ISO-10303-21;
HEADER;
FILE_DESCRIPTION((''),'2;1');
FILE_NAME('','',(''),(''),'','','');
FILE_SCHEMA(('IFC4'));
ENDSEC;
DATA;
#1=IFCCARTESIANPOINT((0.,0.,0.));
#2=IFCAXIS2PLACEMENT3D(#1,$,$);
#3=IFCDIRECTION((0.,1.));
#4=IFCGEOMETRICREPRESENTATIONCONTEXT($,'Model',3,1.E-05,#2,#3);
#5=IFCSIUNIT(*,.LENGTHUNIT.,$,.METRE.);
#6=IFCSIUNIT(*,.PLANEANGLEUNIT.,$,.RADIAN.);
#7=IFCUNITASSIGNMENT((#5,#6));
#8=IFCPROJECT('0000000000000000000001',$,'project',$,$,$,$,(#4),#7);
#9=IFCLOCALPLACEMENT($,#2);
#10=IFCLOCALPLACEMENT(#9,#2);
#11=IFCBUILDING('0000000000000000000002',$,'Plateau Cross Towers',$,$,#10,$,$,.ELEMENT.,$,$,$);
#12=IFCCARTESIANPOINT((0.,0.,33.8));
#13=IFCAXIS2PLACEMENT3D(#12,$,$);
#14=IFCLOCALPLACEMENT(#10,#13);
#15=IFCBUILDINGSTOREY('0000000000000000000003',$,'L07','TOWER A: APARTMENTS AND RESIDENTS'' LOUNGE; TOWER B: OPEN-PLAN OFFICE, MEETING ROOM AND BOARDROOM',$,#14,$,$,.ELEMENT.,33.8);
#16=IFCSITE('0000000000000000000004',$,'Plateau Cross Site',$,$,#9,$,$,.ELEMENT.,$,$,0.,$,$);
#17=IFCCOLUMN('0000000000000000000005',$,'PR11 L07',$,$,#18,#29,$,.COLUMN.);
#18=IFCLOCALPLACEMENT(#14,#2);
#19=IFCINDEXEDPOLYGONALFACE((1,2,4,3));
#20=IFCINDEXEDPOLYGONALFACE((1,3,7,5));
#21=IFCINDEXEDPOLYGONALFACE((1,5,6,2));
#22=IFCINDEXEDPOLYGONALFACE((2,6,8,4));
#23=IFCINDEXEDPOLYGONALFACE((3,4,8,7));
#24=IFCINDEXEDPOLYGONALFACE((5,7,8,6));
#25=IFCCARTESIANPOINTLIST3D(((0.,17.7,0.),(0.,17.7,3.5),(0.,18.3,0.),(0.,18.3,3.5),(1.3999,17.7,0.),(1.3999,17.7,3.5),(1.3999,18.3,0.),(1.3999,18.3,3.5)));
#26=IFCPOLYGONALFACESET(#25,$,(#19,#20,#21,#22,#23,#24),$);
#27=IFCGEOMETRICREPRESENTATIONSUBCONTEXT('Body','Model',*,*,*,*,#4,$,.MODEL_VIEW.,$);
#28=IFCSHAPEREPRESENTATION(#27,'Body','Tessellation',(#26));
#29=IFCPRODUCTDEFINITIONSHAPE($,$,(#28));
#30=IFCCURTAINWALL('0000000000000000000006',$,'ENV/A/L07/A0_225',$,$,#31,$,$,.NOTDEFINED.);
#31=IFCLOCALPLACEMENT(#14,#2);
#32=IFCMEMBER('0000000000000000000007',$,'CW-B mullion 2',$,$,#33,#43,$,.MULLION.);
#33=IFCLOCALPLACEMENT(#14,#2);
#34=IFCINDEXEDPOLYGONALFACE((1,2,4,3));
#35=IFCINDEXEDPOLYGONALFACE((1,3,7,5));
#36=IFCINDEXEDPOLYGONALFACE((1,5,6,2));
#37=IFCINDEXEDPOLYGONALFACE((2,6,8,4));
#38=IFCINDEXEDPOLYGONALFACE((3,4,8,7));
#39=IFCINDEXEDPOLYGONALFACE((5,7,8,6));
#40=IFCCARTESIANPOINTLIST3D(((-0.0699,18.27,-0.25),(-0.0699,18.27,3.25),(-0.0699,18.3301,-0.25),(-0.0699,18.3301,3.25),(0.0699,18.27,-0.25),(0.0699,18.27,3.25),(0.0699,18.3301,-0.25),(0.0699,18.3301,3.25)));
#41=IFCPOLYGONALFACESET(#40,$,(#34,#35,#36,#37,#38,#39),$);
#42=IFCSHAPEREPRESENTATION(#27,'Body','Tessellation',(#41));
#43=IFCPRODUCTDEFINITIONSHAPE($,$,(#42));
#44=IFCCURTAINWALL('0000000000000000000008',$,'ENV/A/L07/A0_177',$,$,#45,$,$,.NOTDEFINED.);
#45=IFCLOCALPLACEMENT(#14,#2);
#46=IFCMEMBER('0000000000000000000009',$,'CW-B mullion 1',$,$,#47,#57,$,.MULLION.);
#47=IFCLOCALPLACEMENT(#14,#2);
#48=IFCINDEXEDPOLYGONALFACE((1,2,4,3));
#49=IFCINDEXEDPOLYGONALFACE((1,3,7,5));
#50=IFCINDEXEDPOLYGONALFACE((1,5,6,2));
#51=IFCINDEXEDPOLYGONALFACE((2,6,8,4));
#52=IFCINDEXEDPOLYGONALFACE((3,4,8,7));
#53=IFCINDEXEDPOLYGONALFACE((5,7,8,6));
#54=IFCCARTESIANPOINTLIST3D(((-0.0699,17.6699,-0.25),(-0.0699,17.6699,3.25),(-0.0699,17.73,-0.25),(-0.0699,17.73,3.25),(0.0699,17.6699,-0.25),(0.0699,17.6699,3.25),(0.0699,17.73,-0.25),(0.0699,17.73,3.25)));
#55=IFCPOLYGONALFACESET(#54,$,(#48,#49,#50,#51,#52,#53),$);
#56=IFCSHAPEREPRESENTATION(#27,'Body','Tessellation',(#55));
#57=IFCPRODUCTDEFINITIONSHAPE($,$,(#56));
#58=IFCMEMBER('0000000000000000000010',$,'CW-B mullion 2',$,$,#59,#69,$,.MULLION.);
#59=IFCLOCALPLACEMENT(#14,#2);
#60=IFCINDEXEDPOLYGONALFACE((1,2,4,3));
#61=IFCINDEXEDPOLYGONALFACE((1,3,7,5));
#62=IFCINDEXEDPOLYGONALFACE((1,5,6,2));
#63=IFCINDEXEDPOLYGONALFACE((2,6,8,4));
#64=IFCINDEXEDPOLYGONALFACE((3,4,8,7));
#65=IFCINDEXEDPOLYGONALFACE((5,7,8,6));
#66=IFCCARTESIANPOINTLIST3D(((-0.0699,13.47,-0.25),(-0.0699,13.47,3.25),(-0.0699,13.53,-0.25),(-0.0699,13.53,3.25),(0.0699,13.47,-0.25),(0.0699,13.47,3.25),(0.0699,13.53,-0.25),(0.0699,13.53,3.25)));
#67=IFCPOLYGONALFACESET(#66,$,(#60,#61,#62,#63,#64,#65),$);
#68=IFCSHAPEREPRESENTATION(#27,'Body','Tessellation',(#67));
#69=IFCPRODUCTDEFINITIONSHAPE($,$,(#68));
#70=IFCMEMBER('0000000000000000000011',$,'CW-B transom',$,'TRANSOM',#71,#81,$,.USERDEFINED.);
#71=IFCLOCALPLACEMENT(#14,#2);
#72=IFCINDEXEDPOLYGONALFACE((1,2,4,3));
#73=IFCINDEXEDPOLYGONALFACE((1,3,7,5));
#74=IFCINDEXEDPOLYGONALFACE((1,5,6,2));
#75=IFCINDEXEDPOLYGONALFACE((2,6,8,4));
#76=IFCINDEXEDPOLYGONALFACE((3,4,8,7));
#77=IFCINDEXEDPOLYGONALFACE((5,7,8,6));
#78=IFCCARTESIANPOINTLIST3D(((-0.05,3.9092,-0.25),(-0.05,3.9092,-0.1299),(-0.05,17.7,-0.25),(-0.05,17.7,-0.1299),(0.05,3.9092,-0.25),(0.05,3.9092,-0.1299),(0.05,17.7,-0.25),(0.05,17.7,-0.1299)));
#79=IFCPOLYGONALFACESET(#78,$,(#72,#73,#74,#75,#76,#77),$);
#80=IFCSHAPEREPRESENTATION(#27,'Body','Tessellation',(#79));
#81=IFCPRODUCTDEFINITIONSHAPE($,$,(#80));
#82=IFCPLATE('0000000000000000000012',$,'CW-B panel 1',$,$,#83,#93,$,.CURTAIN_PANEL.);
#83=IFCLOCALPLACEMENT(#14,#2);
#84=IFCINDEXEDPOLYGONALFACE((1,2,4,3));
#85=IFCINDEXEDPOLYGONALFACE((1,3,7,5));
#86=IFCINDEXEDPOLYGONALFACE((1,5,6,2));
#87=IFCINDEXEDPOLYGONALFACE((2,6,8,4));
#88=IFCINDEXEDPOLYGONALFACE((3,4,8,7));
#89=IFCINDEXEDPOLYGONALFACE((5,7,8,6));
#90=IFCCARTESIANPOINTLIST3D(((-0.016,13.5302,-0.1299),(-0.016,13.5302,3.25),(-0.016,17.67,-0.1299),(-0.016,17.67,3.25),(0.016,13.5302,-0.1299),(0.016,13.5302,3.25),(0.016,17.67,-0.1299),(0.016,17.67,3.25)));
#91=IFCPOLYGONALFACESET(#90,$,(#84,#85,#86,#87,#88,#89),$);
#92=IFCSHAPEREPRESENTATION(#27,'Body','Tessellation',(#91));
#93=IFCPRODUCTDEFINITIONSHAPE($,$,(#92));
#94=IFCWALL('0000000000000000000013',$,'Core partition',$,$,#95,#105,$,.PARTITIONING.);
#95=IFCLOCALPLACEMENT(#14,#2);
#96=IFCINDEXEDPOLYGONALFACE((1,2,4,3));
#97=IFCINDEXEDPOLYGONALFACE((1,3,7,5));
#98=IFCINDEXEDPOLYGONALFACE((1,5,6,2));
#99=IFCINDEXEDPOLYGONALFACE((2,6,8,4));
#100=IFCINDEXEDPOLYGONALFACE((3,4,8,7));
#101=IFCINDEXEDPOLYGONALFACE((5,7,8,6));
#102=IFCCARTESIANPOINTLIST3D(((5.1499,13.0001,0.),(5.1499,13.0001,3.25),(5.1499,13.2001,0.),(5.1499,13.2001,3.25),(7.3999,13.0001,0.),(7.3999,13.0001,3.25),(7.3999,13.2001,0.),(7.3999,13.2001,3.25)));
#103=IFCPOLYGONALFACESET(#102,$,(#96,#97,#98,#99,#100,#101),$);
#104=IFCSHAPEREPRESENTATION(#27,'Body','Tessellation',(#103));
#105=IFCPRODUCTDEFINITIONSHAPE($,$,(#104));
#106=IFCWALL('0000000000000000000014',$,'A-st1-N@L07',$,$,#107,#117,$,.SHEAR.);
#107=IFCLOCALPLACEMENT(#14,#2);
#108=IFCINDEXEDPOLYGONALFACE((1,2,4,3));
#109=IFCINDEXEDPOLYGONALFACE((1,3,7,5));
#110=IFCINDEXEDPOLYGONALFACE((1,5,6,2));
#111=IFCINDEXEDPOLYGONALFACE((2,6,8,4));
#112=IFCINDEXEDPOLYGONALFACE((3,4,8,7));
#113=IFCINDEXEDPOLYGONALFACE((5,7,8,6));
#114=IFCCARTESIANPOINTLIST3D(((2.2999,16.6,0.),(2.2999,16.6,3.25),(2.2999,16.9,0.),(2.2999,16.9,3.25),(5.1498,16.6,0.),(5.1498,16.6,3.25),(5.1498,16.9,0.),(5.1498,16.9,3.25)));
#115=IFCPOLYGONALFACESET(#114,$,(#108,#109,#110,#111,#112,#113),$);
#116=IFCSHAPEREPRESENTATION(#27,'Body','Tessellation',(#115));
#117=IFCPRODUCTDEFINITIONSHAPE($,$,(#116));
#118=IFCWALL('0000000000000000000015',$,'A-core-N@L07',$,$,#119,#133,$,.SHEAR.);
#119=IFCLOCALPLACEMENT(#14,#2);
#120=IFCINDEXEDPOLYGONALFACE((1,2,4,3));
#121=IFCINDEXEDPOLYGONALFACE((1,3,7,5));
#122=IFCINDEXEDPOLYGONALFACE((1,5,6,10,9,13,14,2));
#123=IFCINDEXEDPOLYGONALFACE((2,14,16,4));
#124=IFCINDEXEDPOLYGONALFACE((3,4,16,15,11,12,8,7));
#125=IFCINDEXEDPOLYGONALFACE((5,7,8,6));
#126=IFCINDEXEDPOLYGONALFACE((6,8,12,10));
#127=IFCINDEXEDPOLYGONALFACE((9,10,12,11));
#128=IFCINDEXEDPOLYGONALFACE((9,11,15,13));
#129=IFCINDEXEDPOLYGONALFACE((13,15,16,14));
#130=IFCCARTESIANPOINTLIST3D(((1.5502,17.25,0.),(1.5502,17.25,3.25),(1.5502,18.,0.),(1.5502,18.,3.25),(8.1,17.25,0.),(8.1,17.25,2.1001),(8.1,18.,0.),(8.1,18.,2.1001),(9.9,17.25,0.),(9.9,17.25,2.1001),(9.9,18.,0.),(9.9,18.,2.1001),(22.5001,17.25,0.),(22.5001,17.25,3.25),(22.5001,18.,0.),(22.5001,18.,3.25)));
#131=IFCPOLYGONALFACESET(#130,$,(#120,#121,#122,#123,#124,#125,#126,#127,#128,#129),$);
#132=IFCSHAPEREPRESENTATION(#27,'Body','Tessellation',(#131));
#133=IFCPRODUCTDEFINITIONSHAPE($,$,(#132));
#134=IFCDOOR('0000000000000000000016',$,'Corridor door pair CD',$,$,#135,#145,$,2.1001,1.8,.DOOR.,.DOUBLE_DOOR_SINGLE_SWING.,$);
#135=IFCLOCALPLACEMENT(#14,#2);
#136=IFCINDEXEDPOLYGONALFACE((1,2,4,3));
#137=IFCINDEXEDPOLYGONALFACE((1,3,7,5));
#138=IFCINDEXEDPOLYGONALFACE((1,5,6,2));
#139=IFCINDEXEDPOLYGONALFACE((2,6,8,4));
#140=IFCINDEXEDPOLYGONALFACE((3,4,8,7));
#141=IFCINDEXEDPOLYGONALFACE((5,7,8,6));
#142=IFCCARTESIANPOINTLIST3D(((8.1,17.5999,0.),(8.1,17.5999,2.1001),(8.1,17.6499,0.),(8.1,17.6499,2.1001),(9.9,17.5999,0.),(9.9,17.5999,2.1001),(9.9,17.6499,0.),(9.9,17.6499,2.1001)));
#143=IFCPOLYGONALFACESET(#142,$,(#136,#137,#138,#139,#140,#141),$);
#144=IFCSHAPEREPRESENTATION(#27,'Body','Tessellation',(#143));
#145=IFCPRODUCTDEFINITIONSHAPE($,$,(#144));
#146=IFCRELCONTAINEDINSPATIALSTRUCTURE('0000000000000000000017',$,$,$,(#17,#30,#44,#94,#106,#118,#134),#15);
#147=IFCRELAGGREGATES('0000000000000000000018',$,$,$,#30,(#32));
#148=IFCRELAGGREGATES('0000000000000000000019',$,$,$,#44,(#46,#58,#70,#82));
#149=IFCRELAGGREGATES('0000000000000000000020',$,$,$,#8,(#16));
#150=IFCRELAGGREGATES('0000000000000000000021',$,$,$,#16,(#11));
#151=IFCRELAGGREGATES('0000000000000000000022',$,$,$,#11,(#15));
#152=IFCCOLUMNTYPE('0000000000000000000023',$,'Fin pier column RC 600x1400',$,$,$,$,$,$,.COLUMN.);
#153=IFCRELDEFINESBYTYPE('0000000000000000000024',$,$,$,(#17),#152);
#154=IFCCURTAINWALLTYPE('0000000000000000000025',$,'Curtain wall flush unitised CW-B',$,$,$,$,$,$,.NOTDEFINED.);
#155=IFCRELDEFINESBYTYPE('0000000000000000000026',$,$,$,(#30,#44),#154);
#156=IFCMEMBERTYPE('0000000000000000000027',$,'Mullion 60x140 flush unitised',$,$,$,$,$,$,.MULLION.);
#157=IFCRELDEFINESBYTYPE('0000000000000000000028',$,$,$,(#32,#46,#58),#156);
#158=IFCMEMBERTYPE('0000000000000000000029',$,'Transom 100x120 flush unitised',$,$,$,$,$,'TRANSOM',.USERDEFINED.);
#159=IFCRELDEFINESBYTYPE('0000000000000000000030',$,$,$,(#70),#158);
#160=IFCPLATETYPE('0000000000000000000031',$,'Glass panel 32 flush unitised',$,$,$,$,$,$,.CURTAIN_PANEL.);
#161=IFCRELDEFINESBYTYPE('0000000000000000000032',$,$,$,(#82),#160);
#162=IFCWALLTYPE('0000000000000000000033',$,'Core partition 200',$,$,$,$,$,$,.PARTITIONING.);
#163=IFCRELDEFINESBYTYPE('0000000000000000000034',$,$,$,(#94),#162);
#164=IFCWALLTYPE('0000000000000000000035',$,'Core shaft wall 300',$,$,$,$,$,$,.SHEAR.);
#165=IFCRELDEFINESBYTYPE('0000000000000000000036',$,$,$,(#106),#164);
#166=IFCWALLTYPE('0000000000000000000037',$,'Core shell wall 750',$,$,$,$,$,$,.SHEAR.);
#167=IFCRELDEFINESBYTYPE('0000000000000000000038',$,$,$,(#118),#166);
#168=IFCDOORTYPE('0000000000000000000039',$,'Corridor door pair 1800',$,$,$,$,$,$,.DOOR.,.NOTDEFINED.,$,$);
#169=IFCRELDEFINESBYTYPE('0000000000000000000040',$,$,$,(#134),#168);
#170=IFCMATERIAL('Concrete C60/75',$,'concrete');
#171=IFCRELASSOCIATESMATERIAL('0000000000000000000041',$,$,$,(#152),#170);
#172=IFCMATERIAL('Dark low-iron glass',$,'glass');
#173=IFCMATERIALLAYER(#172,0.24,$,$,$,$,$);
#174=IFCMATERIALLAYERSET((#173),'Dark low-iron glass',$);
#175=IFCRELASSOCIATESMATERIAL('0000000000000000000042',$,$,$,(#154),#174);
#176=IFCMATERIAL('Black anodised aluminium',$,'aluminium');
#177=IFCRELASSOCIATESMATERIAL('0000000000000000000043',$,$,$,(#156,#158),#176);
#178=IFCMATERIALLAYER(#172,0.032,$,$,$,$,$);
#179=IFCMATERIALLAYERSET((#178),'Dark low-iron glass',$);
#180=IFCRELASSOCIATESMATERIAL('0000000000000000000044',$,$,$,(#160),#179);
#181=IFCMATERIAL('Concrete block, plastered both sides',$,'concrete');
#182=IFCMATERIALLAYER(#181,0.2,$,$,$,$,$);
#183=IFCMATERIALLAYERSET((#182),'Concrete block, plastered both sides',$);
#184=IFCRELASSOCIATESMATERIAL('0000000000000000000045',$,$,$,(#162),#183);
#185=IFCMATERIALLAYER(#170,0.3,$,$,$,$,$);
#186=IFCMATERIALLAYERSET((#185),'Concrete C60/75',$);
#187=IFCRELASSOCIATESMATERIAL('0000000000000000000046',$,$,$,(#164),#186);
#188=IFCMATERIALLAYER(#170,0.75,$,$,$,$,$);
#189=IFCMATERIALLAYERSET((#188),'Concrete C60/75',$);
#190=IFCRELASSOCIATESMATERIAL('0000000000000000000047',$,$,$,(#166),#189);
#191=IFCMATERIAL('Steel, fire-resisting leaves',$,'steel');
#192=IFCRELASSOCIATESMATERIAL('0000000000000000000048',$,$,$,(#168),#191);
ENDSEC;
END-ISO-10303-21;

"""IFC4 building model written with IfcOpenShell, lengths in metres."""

from ifc_helpers import new_model, si_unit, direction, frame, frame_2d, origin, origin_2d, place, context, subcontext, project, spatial, rectangle, extrude, material, layer, layer_set, material_profile, profile_set, type_object, element, fill, aggregate, save


model = new_model("IFC4")

# Units and contexts
model_context = context("Model", 3, precision=1e-05, world=origin(), true_north=direction((0.0, 1.0)))
body_context = subcontext(model_context, "Body", "Model", "MODEL_VIEW")
ifc_project = project(units=[si_unit("LENGTHUNIT", "METRE"), si_unit("PLANEANGLEUNIT", "RADIAN")], contexts=[model_context])

# Site, building, storey
site_placement = place(None, origin())
site = spatial("IfcSite", under=ifc_project, at=site_placement, Name="Plateau Cross Site", CompositionType="ELEMENT", RefElevation=0.0)
building_placement = place(site_placement, origin())
building = spatial("IfcBuilding", under=site, at=building_placement, Name="Plateau Cross Towers", CompositionType="ELEMENT")
storey_placement = place(building_placement, frame((0.0, 0.0, 33.8)))
storey = spatial("IfcBuildingStorey", under=building, at=storey_placement, Name="L07", Description="TOWER A: APARTMENTS AND RESIDENTS' LOUNGE; TOWER B: OPEN-PLAN OFFICE, MEETING ROOM AND BOARDROOM", CompositionType="ELEMENT", Elevation=33.8)

# Column
ifc_material_1 = material(Name="Concrete C60/75", Category="concrete")
ifc_material_profile_1 = material_profile(ifc_material_1, rectangle(XDim=0.6001, YDim=1.3999, at=origin_2d()), Name="RC 600x1400")
ifc_profile_set_1 = profile_set([ifc_material_profile_1], Name="Concrete C60/75")
column_type = type_object("IfcColumnType", Name="Fin pier column RC 600x1400", PredefinedType="COLUMN", material=ifc_profile_set_1)
column_placement = place(storey_placement, frame((0.7, 18.0, 0.0), z_axis=(0.0, 0.0, 1.0), x_axis=(0.0, 1.0, 0.0)))
element("IfcColumn", 1, at=column_placement, inside=storey, type_object=column_type, Name="PR11 L07", PredefinedType="COLUMN", context=body_context, shape_type="SweptSolid", body=[
    extrude(rectangle(XDim=0.6001, YDim=1.3999, at=origin_2d()), origin(), (0.0, 0.0, 1.0), 3.5),
])

# Curtain wall, member
ifc_material_2 = material(Name="Dark low-iron glass", Category="glass")
ifc_layer_1 = layer(ifc_material_2, 0.24)
ifc_layer_set_1 = layer_set([ifc_layer_1], Name="Dark low-iron glass")
curtain_wall_type = type_object("IfcCurtainWallType", Name="Curtain wall flush unitised CW-B", PredefinedType="NOTDEFINED", material=ifc_layer_set_1)
curtain_wall_1_placement = place(storey_placement, origin())
curtain_wall_1 = element("IfcCurtainWall", 2, at=curtain_wall_1_placement, inside=storey, type_object=curtain_wall_type, Name="ENV/A/L07/A0_225", PredefinedType="NOTDEFINED")
ifc_material_3 = material(Name="Black anodised aluminium", Category="aluminium")
ifc_material_profile_2 = material_profile(ifc_material_3, rectangle(XDim=0.0601, YDim=0.1399, at=origin_2d()), Name="MULLION 60x140")
ifc_profile_set_2 = profile_set([ifc_material_profile_2], Name="Black anodised aluminium")
member_type_1 = type_object("IfcMemberType", Name="Mullion 60x140 flush unitised", PredefinedType="MULLION", material=ifc_profile_set_2)
member_1_placement = place(storey_placement, frame((0.0, 18.3, -0.25), z_axis=(0.0, 0.0, 1.0), x_axis=(0.0, -1.0, 0.0)))
member_1 = element("IfcMember", 3, at=member_1_placement, type_object=member_type_1, Name="CW-B mullion 2", PredefinedType="MULLION", context=body_context, shape_type="SweptSolid", body=[
    extrude(rectangle(XDim=0.0601, YDim=0.1399, at=origin_2d()), origin(), (0.0, 0.0, 1.0), 3.5),
])
aggregate(curtain_wall_1, [member_1])

# Curtain wall, members, plate
curtain_wall_2_placement = place(storey_placement, origin())
curtain_wall_2 = element("IfcCurtainWall", 4, at=curtain_wall_2_placement, inside=storey, type_object=curtain_wall_type, Name="ENV/A/L07/A0_177", PredefinedType="NOTDEFINED")
member_2_placement = place(storey_placement, frame((0.0, 17.7, -0.25), z_axis=(0.0, 0.0, 1.0), x_axis=(0.0, -1.0, 0.0)))
member_2 = element("IfcMember", 5, at=member_2_placement, type_object=member_type_1, Name="CW-B mullion 1", PredefinedType="MULLION", context=body_context, shape_type="SweptSolid", body=[
    extrude(rectangle(XDim=0.0601, YDim=0.1399, at=origin_2d()), origin(), (0.0, 0.0, 1.0), 3.5),
])
member_3_placement = place(storey_placement, frame((0.0, 13.5, -0.25), z_axis=(0.0, 0.0, 1.0), x_axis=(0.0, -1.0, 0.0)))
member_3 = element("IfcMember", 6, at=member_3_placement, type_object=member_type_1, Name="CW-B mullion 2", PredefinedType="MULLION", context=body_context, shape_type="SweptSolid", body=[
    extrude(rectangle(XDim=0.0601, YDim=0.1399, at=origin_2d()), origin(), (0.0, 0.0, 1.0), 3.5),
])
ifc_material_profile_3 = material_profile(ifc_material_3, rectangle(XDim=0.1001, YDim=0.1201, at=origin_2d()), Name="TRANSOM 100x120")
ifc_profile_set_3 = profile_set([ifc_material_profile_3], Name="Black anodised aluminium")
member_type_2 = type_object("IfcMemberType", Name="Transom 100x120 flush unitised", ElementType="TRANSOM", PredefinedType="USERDEFINED", material=ifc_profile_set_3)
member_4_placement = place(storey_placement, frame((0.0, 17.7, -0.1899), z_axis=(0.0, -1.0, 0.0), x_axis=(1.0, 0.0, 0.0)))
member_4 = element("IfcMember", 7, at=member_4_placement, type_object=member_type_2, Name="CW-B transom", ObjectType="TRANSOM", PredefinedType="USERDEFINED", context=body_context, shape_type="SweptSolid", body=[
    extrude(rectangle(XDim=0.1001, YDim=0.1201, at=origin_2d()), origin(), (0.0, 0.0, 1.0), 13.7908),
])
ifc_layer_2 = layer(ifc_material_2, 0.032)
ifc_layer_set_2 = layer_set([ifc_layer_2], Name="Dark low-iron glass")
plate_type = type_object("IfcPlateType", Name="Glass panel 32 flush unitised", PredefinedType="CURTAIN_PANEL", material=ifc_layer_set_2)
plate_placement = place(storey_placement, frame((0.0, 15.6001, -0.1299), z_axis=(0.0, 0.0, 1.0), x_axis=(0.0, -1.0, 0.0)))
plate = element("IfcPlate", 8, at=plate_placement, type_object=plate_type, Name="CW-B panel 1", PredefinedType="CURTAIN_PANEL", context=body_context, shape_type="SweptSolid", body=[
    extrude(rectangle(XDim=4.1399, YDim=0.032, at=origin_2d()), origin(), (0.0, 0.0, 1.0), 3.3799),
])
aggregate(curtain_wall_2, [member_2, member_3, member_4, plate])

# Walls
ifc_material_4 = material(Name="Concrete block, plastered both sides", Category="concrete")
ifc_layer_3 = layer(ifc_material_4, 0.2)
ifc_layer_set_3 = layer_set([ifc_layer_3], Name="Concrete block, plastered both sides")
wall_type_1 = type_object("IfcWallType", Name="Core partition 200", PredefinedType="PARTITIONING", material=ifc_layer_set_3)
wall_1_placement = place(storey_placement, frame((5.1499, 13.1001, 0.0), z_axis=(0.0, 0.0, 1.0), x_axis=(1.0, 0.0, 0.0)))
element("IfcWall", 9, at=wall_1_placement, inside=storey, type_object=wall_type_1, Name="Core partition", PredefinedType="PARTITIONING", context=body_context, shape_type="SweptSolid", body=[
    extrude(rectangle(XDim=2.25, YDim=0.2, at=frame_2d((1.125, 0.0))), origin(), (0.0, 0.0, 1.0), 3.25),
])
ifc_layer_4 = layer(ifc_material_1, 0.3)
ifc_layer_set_4 = layer_set([ifc_layer_4], Name="Concrete C60/75")
wall_type_2 = type_object("IfcWallType", Name="Core shaft wall 300", PredefinedType="SHEAR", material=ifc_layer_set_4)
wall_2_placement = place(storey_placement, frame((2.3, 16.75, 0.0), z_axis=(0.0, 0.0, 1.0), x_axis=(1.0, 0.0, 0.0)))
element("IfcWall", 10, at=wall_2_placement, inside=storey, type_object=wall_type_2, Name="A-st1-N@L07", PredefinedType="SHEAR", context=body_context, shape_type="SweptSolid", body=[
    extrude(rectangle(XDim=2.8499, YDim=0.3, at=frame_2d((1.4248, 0.0))), origin(), (0.0, 0.0, 1.0), 3.25),
])

# Wall, opening, door
ifc_layer_5 = layer(ifc_material_1, 0.75)
ifc_layer_set_5 = layer_set([ifc_layer_5], Name="Concrete C60/75")
wall_type_3 = type_object("IfcWallType", Name="Core shell wall 750", PredefinedType="SHEAR", material=ifc_layer_set_5)
wall_3_placement = place(storey_placement, frame((1.55, 17.625, 0.0), z_axis=(0.0, 0.0, 1.0), x_axis=(1.0, 0.0, 0.0)))
wall_3 = element("IfcWall", 11, at=wall_3_placement, inside=storey, type_object=wall_type_3, Name="A-core-N@L07", PredefinedType="SHEAR", context=body_context, shape_type="SweptSolid", body=[
    extrude(rectangle(XDim=20.95, YDim=0.75, at=frame_2d((10.4751, 0.0))), origin(), (0.0, 0.0, 1.0), 3.25),
])
opening_placement = place(wall_3_placement, frame((6.55, 0.0, 0.0)))
opening = element("IfcOpeningElement", 12, at=opening_placement, cuts=wall_3, PredefinedType="OPENING", context=body_context, shape_type="SweptSolid", body=[
    extrude(rectangle(XDim=1.8, YDim=2.1001, at=frame_2d((0.8999, 1.05))), frame((0.0, 0.385, 0.0), z_axis=(0.0, -1.0, 0.0), x_axis=(1.0, 0.0, 0.0)), (0.0, 0.0, 1.0), 0.77),
])
ifc_material_5 = material(Name="Steel, fire-resisting leaves", Category="steel")
door_type = type_object("IfcDoorType", Name="Corridor door pair 1800", OperationType="NOTDEFINED", PredefinedType="DOOR", material=ifc_material_5)
door_placement = place(opening_placement, origin())
door = element("IfcDoor", 13, at=door_placement, inside=storey, type_object=door_type, Name="Corridor door pair CD", OperationType="DOUBLE_DOOR_SINGLE_SWING", OverallHeight=2.1001, OverallWidth=1.8, PredefinedType="DOOR", context=body_context, shape_type="SweptSolid", body=[
    extrude(rectangle(XDim=1.8, YDim=2.1001, at=frame_2d((0.8999, 1.05))), frame((0.0, 0.0249, 0.0), z_axis=(0.0, -1.0, 0.0), x_axis=(1.0, 0.0, 0.0)), (0.0, 0.0, 1.0), 0.05),
])
fill(opening, door)

save(model, "model.ifc")
